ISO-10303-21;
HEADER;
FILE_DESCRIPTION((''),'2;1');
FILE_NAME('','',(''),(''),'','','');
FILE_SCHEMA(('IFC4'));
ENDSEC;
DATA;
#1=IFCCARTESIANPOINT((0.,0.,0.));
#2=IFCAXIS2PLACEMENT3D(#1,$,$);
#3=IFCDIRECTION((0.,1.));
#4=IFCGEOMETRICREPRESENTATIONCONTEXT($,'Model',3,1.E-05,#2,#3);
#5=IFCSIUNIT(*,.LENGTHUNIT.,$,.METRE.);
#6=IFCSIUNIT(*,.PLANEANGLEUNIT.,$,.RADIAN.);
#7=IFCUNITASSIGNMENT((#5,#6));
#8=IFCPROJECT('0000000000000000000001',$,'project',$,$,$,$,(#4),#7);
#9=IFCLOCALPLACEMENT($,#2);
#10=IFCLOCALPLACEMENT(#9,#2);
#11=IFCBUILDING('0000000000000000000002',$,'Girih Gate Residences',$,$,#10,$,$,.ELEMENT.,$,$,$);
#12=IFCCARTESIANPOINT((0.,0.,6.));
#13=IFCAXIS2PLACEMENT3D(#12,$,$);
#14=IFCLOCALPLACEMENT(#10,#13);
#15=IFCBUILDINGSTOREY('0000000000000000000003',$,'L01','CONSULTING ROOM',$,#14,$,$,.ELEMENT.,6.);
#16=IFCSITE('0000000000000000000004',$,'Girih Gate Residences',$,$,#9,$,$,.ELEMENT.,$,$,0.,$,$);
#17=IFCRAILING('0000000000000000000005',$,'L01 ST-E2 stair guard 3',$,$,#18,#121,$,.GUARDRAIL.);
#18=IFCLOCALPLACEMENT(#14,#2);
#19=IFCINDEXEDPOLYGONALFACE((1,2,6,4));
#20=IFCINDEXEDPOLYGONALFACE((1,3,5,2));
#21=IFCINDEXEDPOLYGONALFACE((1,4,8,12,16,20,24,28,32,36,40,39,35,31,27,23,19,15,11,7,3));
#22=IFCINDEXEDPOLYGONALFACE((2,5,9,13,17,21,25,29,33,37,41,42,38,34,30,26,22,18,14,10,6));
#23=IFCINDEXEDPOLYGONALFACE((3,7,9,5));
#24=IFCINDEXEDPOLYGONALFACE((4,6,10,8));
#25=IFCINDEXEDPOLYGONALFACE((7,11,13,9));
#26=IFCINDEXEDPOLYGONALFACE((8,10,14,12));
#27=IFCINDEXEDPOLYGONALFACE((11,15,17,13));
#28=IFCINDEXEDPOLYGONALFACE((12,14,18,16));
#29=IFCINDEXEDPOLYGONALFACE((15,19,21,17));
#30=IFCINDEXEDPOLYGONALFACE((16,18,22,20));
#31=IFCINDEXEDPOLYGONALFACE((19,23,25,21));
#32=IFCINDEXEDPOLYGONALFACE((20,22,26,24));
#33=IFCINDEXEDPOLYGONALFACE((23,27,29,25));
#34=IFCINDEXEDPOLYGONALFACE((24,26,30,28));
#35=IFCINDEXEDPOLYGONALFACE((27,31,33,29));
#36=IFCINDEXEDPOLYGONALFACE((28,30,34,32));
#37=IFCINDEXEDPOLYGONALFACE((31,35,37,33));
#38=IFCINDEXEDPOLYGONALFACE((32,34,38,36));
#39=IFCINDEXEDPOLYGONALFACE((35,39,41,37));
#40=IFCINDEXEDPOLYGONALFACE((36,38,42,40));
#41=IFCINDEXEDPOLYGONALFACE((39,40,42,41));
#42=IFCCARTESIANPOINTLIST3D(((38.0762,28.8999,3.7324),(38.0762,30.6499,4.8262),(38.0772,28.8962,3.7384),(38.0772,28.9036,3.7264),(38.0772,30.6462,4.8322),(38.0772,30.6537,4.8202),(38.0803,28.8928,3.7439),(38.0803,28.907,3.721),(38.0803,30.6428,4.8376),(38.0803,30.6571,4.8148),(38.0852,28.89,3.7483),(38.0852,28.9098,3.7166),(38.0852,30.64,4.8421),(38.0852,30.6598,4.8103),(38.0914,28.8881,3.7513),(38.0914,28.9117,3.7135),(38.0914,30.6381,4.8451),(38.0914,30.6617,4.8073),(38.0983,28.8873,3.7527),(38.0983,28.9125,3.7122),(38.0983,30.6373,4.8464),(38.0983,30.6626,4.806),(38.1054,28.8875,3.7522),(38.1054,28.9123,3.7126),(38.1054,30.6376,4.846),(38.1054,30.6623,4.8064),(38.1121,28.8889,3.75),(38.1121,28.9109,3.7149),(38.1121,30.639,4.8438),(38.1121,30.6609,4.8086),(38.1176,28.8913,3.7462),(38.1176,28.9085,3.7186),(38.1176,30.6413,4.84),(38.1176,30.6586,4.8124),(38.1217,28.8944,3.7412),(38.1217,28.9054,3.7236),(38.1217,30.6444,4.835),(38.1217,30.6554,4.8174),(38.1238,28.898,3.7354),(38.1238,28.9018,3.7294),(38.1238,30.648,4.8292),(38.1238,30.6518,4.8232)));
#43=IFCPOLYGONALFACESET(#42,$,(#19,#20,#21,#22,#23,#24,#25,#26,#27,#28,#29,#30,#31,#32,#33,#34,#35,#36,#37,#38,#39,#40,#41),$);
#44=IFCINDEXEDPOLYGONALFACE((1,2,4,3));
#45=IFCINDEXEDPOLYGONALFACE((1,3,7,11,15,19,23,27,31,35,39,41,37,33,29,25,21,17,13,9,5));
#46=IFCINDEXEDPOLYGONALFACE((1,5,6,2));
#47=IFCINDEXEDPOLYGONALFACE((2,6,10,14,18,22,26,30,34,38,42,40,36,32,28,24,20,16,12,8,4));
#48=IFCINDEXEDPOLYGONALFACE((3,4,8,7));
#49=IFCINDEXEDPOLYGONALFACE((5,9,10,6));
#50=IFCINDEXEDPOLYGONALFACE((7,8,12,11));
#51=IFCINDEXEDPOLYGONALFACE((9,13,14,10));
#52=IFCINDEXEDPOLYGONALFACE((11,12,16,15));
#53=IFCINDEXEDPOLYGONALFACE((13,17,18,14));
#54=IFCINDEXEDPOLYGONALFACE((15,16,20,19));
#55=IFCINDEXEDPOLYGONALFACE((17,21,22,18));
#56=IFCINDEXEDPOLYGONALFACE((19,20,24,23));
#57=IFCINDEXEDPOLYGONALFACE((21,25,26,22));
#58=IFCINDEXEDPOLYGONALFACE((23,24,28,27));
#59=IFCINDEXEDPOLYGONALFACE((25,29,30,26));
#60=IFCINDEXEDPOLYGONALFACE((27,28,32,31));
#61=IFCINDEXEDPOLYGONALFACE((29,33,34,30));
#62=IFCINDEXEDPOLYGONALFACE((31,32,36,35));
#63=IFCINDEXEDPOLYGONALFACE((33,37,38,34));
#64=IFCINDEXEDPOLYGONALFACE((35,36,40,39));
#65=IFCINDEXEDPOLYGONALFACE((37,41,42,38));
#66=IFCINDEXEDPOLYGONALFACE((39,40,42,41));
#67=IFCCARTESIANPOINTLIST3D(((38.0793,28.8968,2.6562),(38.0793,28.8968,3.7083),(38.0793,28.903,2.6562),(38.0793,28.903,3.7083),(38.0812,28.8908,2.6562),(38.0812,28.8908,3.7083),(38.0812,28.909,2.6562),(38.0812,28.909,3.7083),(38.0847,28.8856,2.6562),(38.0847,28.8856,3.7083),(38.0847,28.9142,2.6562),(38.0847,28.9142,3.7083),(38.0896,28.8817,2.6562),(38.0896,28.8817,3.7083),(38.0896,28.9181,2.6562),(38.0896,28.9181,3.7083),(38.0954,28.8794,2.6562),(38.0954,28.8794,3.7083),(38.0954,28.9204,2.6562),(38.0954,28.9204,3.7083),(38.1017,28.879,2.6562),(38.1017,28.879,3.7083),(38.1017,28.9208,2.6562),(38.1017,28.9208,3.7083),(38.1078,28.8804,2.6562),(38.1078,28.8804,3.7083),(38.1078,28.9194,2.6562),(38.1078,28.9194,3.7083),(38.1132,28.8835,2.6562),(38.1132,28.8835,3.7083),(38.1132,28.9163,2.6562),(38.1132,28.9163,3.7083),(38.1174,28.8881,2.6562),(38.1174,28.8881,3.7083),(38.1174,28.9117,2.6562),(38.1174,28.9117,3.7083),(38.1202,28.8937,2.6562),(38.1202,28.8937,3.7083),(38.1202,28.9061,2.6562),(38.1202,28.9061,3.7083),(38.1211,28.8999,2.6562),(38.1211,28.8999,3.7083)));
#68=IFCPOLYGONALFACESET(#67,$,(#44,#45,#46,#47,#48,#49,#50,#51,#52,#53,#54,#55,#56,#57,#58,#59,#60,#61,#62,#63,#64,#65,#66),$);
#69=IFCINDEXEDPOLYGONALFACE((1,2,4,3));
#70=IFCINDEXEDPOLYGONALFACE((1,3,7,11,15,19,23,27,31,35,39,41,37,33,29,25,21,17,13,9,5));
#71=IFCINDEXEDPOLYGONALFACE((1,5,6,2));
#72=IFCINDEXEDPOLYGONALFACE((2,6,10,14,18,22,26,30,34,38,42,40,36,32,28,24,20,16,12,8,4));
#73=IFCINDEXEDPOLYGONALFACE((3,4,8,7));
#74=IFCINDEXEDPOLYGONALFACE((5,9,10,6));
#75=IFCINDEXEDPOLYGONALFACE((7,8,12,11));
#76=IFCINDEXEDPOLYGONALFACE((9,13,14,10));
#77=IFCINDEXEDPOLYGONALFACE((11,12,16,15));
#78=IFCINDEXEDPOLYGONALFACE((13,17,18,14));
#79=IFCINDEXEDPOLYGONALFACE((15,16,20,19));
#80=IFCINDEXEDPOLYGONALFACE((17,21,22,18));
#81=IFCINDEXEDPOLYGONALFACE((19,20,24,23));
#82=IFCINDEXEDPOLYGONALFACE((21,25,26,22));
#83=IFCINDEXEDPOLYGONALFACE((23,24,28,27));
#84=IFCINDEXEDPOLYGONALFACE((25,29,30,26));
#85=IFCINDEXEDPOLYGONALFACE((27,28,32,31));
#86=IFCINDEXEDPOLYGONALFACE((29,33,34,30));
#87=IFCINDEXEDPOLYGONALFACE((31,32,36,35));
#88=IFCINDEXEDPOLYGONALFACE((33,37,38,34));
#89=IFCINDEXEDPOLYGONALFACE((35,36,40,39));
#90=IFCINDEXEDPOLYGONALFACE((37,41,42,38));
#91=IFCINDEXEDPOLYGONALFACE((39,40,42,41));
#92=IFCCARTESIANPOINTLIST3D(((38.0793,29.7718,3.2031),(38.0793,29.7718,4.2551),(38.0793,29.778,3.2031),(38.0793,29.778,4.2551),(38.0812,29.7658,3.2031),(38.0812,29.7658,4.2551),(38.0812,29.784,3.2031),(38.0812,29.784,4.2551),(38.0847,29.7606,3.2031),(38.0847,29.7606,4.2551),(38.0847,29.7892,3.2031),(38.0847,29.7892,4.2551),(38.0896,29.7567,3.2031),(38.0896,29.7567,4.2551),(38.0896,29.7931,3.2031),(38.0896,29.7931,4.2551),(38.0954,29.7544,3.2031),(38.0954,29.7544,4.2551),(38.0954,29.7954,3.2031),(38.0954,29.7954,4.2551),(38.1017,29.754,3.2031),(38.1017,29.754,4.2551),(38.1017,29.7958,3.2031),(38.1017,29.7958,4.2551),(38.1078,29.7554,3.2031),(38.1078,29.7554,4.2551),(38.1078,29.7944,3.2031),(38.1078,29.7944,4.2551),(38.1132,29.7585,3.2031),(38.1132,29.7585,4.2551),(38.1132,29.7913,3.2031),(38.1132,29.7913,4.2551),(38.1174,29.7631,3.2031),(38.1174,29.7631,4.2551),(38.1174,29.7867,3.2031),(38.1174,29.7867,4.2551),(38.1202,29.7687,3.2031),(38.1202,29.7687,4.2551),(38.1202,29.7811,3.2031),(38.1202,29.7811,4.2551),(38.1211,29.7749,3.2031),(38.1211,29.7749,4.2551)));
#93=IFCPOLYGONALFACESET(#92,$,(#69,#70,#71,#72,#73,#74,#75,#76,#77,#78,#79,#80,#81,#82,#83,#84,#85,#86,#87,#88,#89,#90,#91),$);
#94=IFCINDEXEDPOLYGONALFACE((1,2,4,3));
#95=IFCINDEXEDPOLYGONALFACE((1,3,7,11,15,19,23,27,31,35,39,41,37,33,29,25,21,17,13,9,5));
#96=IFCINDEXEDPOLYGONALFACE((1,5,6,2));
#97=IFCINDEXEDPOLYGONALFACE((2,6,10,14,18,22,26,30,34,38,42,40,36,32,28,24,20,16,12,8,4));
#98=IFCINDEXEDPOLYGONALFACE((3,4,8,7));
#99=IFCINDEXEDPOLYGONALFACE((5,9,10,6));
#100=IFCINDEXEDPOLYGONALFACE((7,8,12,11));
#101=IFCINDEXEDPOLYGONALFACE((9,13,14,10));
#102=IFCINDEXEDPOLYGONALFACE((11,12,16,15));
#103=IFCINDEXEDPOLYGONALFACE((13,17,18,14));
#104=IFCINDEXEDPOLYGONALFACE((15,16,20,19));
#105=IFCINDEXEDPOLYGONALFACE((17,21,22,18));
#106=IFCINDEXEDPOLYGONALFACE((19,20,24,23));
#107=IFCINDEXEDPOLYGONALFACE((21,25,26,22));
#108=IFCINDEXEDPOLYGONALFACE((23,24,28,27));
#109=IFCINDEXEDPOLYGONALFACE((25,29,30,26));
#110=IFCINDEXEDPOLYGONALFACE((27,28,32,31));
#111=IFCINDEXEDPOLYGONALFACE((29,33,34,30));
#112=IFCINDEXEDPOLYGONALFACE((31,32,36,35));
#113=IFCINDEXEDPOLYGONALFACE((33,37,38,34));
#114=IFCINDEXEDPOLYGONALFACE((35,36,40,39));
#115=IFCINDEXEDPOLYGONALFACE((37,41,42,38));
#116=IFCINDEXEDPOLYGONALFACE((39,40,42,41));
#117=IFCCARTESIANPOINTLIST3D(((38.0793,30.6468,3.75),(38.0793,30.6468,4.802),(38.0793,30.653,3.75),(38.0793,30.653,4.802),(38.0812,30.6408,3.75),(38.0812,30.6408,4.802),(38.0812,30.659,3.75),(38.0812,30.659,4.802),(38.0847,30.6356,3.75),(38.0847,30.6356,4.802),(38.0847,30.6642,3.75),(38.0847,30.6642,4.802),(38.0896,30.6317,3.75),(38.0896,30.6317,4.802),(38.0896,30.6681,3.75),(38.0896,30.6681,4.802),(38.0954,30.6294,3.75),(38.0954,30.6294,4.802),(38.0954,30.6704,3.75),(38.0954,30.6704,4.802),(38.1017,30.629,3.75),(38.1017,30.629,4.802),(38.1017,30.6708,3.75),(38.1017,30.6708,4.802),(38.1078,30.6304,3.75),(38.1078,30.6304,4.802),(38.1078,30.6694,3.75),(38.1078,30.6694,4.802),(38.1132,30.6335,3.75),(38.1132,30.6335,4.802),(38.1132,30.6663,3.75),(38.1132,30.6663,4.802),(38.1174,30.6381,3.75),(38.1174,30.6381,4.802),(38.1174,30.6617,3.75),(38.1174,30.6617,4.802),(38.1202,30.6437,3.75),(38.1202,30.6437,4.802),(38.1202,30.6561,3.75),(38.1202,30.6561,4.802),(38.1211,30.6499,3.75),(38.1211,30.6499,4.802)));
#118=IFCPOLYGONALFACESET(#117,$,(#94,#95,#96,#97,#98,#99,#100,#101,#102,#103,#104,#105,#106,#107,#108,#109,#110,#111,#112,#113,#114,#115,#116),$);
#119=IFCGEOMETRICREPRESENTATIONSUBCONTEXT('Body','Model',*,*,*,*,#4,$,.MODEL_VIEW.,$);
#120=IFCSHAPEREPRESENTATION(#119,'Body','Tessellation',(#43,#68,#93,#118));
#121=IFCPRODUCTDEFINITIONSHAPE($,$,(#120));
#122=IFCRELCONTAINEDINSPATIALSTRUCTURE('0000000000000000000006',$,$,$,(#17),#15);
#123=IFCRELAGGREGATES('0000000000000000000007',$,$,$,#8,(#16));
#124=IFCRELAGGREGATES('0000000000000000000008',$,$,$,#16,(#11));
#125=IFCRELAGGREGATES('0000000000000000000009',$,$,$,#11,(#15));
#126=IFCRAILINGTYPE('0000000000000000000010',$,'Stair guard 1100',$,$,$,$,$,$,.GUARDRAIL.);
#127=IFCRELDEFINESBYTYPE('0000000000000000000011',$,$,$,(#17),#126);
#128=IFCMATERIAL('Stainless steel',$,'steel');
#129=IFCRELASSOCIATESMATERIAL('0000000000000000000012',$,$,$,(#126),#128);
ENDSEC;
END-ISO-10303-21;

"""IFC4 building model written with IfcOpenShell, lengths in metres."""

from ifc_helpers import new_model, si_unit, direction, frame, origin, origin_2d, place, context, subcontext, project, spatial, circle, extrude, material, type_object, element, save


model = new_model("IFC4")

# Units and contexts
model_context = context("Model", 3, precision=1e-05, world=origin(), true_north=direction((0.0, 1.0)))
body_context = subcontext(model_context, "Body", "Model", "MODEL_VIEW")
ifc_project = project(units=[si_unit("LENGTHUNIT", "METRE"), si_unit("PLANEANGLEUNIT", "RADIAN")], contexts=[model_context])

# Site, building, storey
site_placement = place(None, origin())
site = spatial("IfcSite", under=ifc_project, at=site_placement, Name="Girih Gate Residences", CompositionType="ELEMENT", RefElevation=0.0)
building_placement = place(site_placement, origin())
building = spatial("IfcBuilding", under=site, at=building_placement, Name="Girih Gate Residences", CompositionType="ELEMENT")
storey_placement = place(building_placement, frame((0.0, 0.0, 6.0)))
storey = spatial("IfcBuildingStorey", under=building, at=storey_placement, Name="L01", Description="CONSULTING ROOM", CompositionType="ELEMENT", Elevation=6.0)

# Railing
ifc_material_1 = material(Name="Stainless steel", Category="steel")
railing_type_1 = type_object("IfcRailingType", Name="Stair guard 1100", PredefinedType="GUARDRAIL", material=ifc_material_1)
railing_1_placement = place(storey_placement, frame((38.1001, 28.8999, 2.6562)))
element("IfcRailing", 1, at=railing_1_placement, inside=storey, type_object=railing_type_1, Name="L01 ST-E2 stair guard 3", PredefinedType="GUARDRAIL", context=body_context, shape_type="SweptSolid", body=[
    extrude(circle(Radius=0.0239, at=origin_2d()), frame((0.0, 0.0, 1.0762), z_axis=(0.0, 0.847998, 0.529999), x_axis=(-1.0, 0.0, 0.0)), (0.0, 0.0, 1.0), 2.0637),
    extrude(circle(Radius=0.021, at=origin_2d()), origin(), (0.0, 0.0, 1.0), 1.052),
    extrude(circle(Radius=0.021, at=origin_2d()), frame((0.0, 0.875, 0.5469)), (0.0, 0.0, 1.0), 1.052),
    extrude(circle(Radius=0.021, at=origin_2d()), frame((0.0, 1.75, 1.0938)), (0.0, 0.0, 1.0), 1.052),
])

save(model, "model.ifc")
